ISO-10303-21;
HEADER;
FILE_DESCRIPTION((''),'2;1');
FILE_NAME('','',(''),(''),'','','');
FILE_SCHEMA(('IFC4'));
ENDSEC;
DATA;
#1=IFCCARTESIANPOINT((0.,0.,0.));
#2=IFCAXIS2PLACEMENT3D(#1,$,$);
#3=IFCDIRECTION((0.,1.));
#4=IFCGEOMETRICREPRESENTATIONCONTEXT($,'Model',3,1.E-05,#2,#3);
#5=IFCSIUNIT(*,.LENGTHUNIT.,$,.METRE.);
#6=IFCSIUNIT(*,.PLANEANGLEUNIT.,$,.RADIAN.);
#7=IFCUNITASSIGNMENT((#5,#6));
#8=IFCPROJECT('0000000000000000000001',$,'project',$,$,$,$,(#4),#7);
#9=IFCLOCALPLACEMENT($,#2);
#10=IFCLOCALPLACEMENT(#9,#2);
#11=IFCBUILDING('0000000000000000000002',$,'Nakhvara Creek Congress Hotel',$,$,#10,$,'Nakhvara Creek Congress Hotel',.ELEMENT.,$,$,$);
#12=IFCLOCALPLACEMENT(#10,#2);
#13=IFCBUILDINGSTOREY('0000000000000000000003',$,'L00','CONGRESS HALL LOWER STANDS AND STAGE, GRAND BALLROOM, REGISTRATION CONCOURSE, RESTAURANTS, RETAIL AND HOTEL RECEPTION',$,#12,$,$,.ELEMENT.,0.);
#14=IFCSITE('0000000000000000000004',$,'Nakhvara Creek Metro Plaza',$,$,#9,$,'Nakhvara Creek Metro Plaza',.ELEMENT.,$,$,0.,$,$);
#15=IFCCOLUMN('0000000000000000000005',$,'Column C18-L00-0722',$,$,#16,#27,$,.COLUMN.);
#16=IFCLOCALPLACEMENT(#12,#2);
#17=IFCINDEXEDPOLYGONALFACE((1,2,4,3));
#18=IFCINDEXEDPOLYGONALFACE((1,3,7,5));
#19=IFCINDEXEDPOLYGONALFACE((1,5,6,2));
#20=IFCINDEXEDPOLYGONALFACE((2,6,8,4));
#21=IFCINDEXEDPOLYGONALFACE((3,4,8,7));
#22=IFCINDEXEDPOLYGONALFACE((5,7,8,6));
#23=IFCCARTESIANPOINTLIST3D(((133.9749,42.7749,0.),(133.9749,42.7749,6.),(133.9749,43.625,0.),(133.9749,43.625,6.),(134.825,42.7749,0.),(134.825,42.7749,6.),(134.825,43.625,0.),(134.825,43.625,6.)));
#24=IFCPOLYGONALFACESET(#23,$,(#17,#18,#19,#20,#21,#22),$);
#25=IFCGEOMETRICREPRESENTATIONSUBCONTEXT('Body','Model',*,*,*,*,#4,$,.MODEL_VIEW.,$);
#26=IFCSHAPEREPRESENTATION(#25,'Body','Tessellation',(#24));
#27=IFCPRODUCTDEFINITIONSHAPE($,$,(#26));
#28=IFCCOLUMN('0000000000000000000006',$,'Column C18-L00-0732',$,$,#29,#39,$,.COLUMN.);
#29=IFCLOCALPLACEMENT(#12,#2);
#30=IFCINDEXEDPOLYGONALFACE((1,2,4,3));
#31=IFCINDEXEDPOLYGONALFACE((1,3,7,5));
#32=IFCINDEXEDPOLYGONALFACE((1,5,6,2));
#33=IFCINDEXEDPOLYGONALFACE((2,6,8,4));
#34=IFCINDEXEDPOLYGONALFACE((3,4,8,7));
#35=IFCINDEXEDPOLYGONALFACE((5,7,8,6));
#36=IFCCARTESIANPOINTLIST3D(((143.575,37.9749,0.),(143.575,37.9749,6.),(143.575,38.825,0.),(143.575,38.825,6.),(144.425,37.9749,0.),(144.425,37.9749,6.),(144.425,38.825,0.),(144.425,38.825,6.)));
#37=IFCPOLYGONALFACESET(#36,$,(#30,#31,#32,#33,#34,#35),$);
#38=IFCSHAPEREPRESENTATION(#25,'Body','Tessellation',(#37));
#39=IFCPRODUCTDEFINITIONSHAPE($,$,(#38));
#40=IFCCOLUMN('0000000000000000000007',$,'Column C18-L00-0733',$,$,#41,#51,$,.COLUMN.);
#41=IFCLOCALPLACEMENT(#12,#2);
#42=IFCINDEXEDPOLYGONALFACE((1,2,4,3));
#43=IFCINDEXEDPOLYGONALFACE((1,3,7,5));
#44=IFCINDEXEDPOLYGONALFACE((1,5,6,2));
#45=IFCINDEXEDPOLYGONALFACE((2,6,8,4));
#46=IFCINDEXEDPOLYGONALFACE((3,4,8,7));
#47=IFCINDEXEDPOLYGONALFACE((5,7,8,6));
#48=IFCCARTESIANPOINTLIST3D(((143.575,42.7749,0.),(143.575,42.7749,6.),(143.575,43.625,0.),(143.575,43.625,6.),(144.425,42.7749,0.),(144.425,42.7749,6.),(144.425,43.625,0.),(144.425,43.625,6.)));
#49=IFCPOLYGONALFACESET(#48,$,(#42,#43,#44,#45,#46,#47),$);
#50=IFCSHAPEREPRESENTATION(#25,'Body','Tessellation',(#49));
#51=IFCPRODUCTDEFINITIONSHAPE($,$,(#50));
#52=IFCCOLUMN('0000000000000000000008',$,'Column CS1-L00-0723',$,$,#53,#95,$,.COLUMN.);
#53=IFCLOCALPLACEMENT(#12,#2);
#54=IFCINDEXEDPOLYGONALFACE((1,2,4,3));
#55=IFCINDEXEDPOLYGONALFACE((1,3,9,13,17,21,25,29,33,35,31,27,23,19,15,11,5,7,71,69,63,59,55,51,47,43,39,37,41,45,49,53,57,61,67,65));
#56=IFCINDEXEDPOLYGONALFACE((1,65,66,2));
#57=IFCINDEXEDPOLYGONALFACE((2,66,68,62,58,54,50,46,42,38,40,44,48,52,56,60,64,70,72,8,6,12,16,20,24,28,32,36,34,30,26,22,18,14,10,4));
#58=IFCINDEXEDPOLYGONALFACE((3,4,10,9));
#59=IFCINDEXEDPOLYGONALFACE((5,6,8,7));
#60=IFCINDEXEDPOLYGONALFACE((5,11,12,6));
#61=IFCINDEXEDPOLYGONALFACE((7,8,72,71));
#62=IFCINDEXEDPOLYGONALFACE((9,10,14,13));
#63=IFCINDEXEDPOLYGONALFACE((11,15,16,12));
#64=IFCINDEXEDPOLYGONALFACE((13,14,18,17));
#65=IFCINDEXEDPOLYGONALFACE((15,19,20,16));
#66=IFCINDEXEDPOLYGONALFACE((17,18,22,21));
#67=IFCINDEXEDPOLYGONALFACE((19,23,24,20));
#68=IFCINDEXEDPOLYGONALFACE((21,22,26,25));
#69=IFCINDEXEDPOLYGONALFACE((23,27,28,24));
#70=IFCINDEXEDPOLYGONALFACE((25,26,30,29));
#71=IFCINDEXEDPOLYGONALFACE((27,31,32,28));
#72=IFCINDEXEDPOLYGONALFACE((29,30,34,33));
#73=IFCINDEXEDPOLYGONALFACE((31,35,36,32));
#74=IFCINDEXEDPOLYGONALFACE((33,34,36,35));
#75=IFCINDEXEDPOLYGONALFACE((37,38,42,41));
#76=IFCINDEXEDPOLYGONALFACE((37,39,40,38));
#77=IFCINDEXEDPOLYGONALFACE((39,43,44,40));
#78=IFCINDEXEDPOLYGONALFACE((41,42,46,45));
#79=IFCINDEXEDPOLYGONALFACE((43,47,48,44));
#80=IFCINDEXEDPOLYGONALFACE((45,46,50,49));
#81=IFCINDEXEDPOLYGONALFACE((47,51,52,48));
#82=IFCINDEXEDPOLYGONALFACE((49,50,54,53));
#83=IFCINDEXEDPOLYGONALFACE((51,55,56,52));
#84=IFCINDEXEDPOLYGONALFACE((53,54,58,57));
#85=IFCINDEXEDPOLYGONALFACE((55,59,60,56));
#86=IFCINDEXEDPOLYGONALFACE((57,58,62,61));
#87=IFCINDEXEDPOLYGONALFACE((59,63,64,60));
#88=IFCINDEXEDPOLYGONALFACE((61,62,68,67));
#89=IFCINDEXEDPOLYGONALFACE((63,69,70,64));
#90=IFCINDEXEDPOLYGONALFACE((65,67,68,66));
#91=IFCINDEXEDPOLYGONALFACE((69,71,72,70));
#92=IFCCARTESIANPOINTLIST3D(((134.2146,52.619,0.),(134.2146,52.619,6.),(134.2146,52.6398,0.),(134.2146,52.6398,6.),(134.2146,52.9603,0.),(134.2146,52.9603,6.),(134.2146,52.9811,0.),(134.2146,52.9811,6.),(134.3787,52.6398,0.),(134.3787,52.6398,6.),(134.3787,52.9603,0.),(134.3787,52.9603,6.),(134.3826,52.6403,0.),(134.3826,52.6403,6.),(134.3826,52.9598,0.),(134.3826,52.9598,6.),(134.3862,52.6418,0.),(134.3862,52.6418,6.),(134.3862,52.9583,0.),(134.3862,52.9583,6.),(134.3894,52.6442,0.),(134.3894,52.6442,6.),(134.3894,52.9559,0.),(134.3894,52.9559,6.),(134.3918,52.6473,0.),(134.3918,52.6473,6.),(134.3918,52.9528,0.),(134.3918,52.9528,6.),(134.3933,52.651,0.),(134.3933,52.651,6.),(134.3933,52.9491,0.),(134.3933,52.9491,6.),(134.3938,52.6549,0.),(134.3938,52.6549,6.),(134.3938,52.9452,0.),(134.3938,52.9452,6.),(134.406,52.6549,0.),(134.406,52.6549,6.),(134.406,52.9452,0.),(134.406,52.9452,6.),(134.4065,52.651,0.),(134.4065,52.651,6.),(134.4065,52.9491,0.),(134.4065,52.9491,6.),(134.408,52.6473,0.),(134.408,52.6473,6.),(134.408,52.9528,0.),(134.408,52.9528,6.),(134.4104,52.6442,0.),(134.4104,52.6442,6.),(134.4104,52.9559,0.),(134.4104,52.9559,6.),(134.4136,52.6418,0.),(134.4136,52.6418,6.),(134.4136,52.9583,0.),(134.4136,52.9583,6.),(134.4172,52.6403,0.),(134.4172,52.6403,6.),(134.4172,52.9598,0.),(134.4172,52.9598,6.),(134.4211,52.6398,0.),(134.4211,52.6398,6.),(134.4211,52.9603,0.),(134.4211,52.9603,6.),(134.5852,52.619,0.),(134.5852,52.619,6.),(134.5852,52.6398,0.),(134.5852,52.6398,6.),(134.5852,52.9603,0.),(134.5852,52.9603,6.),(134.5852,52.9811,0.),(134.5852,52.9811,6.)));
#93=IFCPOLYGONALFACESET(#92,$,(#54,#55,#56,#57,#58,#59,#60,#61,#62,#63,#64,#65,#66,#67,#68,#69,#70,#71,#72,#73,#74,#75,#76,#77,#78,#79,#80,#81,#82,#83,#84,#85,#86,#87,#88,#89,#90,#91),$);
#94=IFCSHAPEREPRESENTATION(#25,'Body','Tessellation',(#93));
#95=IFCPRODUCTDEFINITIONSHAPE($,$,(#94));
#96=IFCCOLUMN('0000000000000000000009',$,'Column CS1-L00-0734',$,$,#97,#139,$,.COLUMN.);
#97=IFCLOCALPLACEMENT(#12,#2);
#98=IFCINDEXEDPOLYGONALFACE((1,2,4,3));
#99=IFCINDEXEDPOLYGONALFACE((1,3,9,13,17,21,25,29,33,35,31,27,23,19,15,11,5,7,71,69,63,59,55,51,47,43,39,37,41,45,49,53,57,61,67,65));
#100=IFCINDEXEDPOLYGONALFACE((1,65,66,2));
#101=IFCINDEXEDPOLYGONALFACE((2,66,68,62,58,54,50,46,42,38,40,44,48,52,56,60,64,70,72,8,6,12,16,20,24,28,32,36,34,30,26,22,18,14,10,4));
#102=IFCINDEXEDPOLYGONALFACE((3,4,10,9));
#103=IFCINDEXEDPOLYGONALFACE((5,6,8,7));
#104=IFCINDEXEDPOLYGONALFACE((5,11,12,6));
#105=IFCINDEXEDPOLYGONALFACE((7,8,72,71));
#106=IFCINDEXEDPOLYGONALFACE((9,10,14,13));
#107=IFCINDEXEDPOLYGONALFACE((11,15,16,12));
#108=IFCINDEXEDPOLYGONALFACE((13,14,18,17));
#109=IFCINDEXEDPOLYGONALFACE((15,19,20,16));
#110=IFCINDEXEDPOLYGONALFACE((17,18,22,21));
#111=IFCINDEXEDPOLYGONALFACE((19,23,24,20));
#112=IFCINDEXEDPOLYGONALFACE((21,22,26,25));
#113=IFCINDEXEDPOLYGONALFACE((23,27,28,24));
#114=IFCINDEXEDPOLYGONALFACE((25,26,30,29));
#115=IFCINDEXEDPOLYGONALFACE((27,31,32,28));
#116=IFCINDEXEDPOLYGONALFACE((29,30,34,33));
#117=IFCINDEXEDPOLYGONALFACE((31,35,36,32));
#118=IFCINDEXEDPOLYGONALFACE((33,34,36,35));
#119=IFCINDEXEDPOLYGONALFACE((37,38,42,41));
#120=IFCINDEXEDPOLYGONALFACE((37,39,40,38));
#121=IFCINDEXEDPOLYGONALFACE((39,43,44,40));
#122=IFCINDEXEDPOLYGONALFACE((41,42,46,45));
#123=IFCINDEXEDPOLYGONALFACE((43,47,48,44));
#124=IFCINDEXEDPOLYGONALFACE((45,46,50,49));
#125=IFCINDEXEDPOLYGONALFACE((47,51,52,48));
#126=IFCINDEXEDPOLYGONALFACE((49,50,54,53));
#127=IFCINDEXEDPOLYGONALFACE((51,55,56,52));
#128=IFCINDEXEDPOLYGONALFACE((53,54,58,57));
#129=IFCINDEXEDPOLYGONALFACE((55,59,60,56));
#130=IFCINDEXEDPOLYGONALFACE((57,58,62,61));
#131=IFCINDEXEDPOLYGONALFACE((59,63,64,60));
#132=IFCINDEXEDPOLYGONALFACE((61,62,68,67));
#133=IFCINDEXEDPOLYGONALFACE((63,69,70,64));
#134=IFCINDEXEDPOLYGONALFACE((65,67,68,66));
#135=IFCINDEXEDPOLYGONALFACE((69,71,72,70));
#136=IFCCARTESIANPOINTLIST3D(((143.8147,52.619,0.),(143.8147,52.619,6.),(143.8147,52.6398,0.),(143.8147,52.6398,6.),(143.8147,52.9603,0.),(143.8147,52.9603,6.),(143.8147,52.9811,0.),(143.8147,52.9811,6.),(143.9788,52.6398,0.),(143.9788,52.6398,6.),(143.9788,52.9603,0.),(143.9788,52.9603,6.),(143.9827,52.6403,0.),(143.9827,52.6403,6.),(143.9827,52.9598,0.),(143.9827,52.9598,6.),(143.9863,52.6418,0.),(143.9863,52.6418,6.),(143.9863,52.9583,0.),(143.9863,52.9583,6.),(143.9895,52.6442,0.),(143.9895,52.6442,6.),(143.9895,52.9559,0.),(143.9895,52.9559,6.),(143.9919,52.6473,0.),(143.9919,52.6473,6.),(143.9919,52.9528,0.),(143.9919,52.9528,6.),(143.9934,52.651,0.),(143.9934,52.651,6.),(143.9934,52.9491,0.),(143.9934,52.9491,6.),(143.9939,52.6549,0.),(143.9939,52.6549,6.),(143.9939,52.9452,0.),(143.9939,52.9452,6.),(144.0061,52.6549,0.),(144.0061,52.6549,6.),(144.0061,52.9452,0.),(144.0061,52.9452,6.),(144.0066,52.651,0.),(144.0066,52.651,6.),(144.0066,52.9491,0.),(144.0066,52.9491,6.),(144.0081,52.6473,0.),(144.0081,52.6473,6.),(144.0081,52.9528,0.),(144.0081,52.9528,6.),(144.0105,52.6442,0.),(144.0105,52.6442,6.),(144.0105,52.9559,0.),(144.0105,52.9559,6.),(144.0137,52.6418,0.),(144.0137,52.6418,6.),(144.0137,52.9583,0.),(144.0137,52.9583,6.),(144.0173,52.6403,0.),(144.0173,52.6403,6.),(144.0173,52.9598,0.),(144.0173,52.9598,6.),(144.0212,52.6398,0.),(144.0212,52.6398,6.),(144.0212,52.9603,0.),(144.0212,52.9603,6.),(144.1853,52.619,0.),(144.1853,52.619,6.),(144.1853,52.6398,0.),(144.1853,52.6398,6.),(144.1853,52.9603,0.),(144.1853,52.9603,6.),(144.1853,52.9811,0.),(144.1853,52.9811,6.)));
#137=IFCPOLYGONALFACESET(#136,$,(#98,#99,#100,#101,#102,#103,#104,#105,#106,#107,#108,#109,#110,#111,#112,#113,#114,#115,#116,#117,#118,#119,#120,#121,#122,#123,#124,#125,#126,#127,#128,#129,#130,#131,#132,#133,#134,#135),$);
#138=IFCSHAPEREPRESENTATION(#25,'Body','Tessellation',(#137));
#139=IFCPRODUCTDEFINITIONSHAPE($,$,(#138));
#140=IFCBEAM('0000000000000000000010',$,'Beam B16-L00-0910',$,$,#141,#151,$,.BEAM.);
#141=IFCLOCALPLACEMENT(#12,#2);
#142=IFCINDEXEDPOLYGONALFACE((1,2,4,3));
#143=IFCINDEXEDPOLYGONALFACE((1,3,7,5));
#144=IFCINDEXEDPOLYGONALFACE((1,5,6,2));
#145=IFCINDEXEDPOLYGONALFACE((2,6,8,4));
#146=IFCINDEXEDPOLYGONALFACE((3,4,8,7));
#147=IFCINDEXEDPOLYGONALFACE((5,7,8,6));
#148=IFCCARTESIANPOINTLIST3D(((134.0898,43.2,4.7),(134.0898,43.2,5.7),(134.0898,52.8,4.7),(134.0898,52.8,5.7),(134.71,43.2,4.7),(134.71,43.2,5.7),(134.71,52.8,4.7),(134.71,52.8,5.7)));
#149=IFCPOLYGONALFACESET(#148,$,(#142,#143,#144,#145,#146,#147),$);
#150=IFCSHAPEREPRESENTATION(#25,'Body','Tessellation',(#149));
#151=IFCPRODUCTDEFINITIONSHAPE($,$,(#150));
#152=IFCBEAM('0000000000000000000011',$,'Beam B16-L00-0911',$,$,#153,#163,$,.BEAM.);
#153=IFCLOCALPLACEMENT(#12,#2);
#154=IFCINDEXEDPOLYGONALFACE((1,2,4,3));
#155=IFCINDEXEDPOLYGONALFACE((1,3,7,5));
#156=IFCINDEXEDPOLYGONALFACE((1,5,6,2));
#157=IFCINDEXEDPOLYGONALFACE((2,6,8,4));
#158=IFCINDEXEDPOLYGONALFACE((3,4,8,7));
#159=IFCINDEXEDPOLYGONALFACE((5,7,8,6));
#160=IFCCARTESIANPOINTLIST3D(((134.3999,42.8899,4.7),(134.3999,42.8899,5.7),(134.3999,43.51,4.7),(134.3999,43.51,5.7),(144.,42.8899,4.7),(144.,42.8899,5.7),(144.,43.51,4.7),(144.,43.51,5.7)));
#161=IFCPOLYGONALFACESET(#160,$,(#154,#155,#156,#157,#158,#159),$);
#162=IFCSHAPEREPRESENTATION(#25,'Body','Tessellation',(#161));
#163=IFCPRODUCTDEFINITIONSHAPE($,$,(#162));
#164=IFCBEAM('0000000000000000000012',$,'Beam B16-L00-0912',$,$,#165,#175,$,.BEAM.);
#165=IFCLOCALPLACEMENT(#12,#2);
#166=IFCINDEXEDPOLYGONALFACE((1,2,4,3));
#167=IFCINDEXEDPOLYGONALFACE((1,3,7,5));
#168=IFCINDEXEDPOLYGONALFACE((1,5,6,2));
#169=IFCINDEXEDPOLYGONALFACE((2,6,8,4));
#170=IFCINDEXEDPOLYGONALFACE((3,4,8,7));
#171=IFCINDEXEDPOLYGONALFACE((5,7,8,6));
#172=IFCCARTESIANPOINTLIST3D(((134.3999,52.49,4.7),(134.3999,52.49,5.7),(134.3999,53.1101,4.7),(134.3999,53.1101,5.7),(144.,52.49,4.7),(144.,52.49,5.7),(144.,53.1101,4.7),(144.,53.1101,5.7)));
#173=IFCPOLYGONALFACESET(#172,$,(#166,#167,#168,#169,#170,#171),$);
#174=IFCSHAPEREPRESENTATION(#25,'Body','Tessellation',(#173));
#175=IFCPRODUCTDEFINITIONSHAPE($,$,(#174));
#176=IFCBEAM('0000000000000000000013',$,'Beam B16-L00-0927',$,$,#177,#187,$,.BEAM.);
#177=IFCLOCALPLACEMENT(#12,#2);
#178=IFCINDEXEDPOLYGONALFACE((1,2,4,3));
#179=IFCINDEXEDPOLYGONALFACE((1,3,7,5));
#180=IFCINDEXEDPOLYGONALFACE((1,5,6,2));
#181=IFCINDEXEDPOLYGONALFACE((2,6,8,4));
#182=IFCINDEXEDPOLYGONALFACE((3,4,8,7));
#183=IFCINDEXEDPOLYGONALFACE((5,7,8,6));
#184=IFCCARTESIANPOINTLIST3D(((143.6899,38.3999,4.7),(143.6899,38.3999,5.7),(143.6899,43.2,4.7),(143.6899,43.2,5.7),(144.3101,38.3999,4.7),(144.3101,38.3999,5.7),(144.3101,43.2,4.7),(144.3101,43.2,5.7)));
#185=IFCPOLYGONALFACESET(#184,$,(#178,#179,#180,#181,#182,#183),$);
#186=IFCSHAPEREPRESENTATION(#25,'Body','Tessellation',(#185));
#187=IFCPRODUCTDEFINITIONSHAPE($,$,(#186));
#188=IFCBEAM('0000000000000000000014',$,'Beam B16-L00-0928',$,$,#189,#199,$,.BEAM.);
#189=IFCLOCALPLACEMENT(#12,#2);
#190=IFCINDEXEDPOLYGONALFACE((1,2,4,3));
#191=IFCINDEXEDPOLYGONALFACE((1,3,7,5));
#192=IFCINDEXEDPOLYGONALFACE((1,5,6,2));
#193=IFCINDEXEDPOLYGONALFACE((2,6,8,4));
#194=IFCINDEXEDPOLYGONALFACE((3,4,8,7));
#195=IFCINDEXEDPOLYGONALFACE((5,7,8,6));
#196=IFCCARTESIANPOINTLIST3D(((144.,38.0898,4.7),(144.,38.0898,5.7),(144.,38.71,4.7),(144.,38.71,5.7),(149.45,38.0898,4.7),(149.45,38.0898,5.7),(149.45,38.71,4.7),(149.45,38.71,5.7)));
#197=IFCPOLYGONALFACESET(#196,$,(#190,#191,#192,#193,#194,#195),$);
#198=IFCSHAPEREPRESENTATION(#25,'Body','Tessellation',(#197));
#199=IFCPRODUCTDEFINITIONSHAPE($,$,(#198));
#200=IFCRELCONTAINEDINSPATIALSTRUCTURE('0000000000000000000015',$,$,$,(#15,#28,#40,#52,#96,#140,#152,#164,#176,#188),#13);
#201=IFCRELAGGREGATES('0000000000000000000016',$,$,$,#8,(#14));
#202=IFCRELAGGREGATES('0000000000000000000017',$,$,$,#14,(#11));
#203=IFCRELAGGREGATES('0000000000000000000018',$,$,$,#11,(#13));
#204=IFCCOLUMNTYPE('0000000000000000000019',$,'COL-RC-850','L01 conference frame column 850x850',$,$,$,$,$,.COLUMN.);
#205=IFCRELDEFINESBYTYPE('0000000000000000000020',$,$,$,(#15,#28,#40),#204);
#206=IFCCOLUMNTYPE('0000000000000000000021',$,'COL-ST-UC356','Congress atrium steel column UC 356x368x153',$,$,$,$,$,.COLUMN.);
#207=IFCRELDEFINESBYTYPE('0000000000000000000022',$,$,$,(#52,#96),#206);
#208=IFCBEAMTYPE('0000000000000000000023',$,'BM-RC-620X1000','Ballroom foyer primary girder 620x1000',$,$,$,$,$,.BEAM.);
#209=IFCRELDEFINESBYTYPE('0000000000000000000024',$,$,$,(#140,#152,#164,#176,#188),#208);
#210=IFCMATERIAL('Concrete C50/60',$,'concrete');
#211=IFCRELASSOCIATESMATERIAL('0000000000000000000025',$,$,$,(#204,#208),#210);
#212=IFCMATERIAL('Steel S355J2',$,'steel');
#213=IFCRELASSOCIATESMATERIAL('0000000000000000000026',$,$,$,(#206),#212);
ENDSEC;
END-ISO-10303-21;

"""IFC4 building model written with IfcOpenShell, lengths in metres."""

from ifc_helpers import new_model, si_unit, direction, frame, origin, origin_2d, place, context, subcontext, project, spatial, rectangle, i_section, extrude, material, material_profile, profile_set, type_object, element, save


model = new_model("IFC4")

# Units and contexts
model_context = context("Model", 3, precision=1e-05, world=origin(), true_north=direction((0.0, 1.0)))
body_context = subcontext(model_context, "Body", "Model", "MODEL_VIEW")
ifc_project = project(units=[si_unit("LENGTHUNIT", "METRE"), si_unit("PLANEANGLEUNIT", "RADIAN")], contexts=[model_context])

# Site, building, storey
site_placement = place(None, origin())
site = spatial("IfcSite", under=ifc_project, at=site_placement, Name="Nakhvara Creek Metro Plaza", LongName="Nakhvara Creek Metro Plaza", CompositionType="ELEMENT", RefElevation=0.0)
building_placement = place(site_placement, origin())
building = spatial("IfcBuilding", under=site, at=building_placement, Name="Nakhvara Creek Congress Hotel", LongName="Nakhvara Creek Congress Hotel", CompositionType="ELEMENT")
storey_placement = place(building_placement, origin())
storey = spatial("IfcBuildingStorey", under=building, at=storey_placement, Name="L00", Description="CONGRESS HALL LOWER STANDS AND STAGE, GRAND BALLROOM, REGISTRATION CONCOURSE, RESTAURANTS, RETAIL AND HOTEL RECEPTION", CompositionType="ELEMENT", Elevation=0.0)

# Columns
ifc_material_1 = material(Name="Concrete C50/60", Category="concrete")
ifc_material_profile_1 = material_profile(ifc_material_1, rectangle(XDim=0.8501, YDim=0.8501, at=origin_2d()), Name="RC-COL 850x850", Category="LoadBearing")
ifc_profile_set_1 = profile_set([ifc_material_profile_1], Name="Concrete C50/60")
column_type_1 = type_object("IfcColumnType", Name="COL-RC-850", Description="L01 conference frame column 850x850", PredefinedType="COLUMN", material=ifc_profile_set_1)
for number, where, z_axis, x_axis, name in (
    (1, (134.3999, 43.2, 0.0), (0.0, 0.0, 1.0), (1.0, 0.0, 0.0), "Column C18-L00-0722"),
    (2, (144.0, 38.3999, 0.0), (0.0, 0.0, 1.0), (1.0, 0.0, 0.0), "Column C18-L00-0732"),
    (3, (144.0, 43.2, 0.0), (0.0, 0.0, 1.0), (1.0, 0.0, 0.0), "Column C18-L00-0733"),
):
    element("IfcColumn", number, at=place(storey_placement, frame(where, z_axis=z_axis, x_axis=x_axis)), inside=storey, type_object=column_type_1, Name=name, PredefinedType="COLUMN", context=body_context, shape_type="SweptSolid", body=[
        extrude(rectangle(XDim=0.8501, YDim=0.8501, at=origin_2d()), origin(), (0.0, 0.0, 1.0), 6.0),
    ])
ifc_material_2 = material(Name="Steel S355J2", Category="steel")
ifc_material_profile_2 = material_profile(ifc_material_2, i_section(OverallWidth=0.3706, OverallDepth=0.3621, WebThickness=0.0122, FlangeThickness=0.0208, FilletRadius=0.0151, at=origin_2d()), Name="UC 356x368x153", Category="LoadBearing")
ifc_profile_set_2 = profile_set([ifc_material_profile_2], Name="Steel S355J2")
column_type_2 = type_object("IfcColumnType", Name="COL-ST-UC356", Description="Congress atrium steel column UC 356x368x153", PredefinedType="COLUMN", material=ifc_profile_set_2)
for number, where, z_axis, x_axis, name in (
    (4, (134.3999, 52.8, 0.0), (0.0, 0.0, 1.0), (1.0, 0.0, 0.0), "Column CS1-L00-0723"),
    (5, (144.0, 52.8, 0.0), (0.0, 0.0, 1.0), (1.0, 0.0, 0.0), "Column CS1-L00-0734"),
):
    element("IfcColumn", number, at=place(storey_placement, frame(where, z_axis=z_axis, x_axis=x_axis)), inside=storey, type_object=column_type_2, Name=name, PredefinedType="COLUMN", context=body_context, shape_type="SweptSolid", body=[
        extrude(i_section(OverallWidth=0.3706, OverallDepth=0.3621, WebThickness=0.0122, FlangeThickness=0.0208, FilletRadius=0.0151, at=origin_2d()), origin(), (0.0, 0.0, 1.0), 6.0),
    ])

# Beams
ifc_material_profile_3 = material_profile(ifc_material_1, rectangle(XDim=0.6201, YDim=1.0, at=origin_2d()), Name="RC-BM 620x1000", Category="LoadBearing")
ifc_profile_set_3 = profile_set([ifc_material_profile_3], Name="Concrete C50/60")
beam_type = type_object("IfcBeamType", Name="BM-RC-620X1000", Description="Ballroom foyer primary girder 620x1000", PredefinedType="BEAM", material=ifc_profile_set_3)
for number, where, z_axis, x_axis, name in (
    (6, (134.3999, 43.2, 5.2), (0.0, 1.0, 0.0), (-1.0, 0.0, 0.0), "Beam B16-L00-0910"),
    (7, (134.3999, 43.2, 5.2), (1.0, 0.0, 0.0), (0.0, 1.0, 0.0), "Beam B16-L00-0911"),
    (8, (134.3999, 52.8, 5.2), (1.0, 0.0, 0.0), (0.0, 1.0, 0.0), "Beam B16-L00-0912"),
):
    element("IfcBeam", number, at=place(storey_placement, frame(where, z_axis=z_axis, x_axis=x_axis)), inside=storey, type_object=beam_type, Name=name, PredefinedType="BEAM", context=body_context, shape_type="SweptSolid", body=[
        extrude(rectangle(XDim=0.6201, YDim=1.0, at=origin_2d()), origin(), (0.0, 0.0, 1.0), 9.6001),
    ])
beam_1_placement = place(storey_placement, frame((144.0, 38.3999, 5.2), z_axis=(0.0, 1.0, 0.0), x_axis=(-1.0, 0.0, 0.0)))
element("IfcBeam", 9, at=beam_1_placement, inside=storey, type_object=beam_type, Name="Beam B16-L00-0927", PredefinedType="BEAM", context=body_context, shape_type="SweptSolid", body=[
    extrude(rectangle(XDim=0.6201, YDim=1.0, at=origin_2d()), origin(), (0.0, 0.0, 1.0), 4.8),
])
beam_2_placement = place(storey_placement, frame((144.0, 38.3999, 5.2), z_axis=(1.0, 0.0, 0.0), x_axis=(0.0, 1.0, 0.0)))
element("IfcBeam", 10, at=beam_2_placement, inside=storey, type_object=beam_type, Name="Beam B16-L00-0928", PredefinedType="BEAM", context=body_context, shape_type="SweptSolid", body=[
    extrude(rectangle(XDim=0.6201, YDim=1.0, at=origin_2d()), origin(), (0.0, 0.0, 1.0), 5.45),
])

save(model, "model.ifc")
